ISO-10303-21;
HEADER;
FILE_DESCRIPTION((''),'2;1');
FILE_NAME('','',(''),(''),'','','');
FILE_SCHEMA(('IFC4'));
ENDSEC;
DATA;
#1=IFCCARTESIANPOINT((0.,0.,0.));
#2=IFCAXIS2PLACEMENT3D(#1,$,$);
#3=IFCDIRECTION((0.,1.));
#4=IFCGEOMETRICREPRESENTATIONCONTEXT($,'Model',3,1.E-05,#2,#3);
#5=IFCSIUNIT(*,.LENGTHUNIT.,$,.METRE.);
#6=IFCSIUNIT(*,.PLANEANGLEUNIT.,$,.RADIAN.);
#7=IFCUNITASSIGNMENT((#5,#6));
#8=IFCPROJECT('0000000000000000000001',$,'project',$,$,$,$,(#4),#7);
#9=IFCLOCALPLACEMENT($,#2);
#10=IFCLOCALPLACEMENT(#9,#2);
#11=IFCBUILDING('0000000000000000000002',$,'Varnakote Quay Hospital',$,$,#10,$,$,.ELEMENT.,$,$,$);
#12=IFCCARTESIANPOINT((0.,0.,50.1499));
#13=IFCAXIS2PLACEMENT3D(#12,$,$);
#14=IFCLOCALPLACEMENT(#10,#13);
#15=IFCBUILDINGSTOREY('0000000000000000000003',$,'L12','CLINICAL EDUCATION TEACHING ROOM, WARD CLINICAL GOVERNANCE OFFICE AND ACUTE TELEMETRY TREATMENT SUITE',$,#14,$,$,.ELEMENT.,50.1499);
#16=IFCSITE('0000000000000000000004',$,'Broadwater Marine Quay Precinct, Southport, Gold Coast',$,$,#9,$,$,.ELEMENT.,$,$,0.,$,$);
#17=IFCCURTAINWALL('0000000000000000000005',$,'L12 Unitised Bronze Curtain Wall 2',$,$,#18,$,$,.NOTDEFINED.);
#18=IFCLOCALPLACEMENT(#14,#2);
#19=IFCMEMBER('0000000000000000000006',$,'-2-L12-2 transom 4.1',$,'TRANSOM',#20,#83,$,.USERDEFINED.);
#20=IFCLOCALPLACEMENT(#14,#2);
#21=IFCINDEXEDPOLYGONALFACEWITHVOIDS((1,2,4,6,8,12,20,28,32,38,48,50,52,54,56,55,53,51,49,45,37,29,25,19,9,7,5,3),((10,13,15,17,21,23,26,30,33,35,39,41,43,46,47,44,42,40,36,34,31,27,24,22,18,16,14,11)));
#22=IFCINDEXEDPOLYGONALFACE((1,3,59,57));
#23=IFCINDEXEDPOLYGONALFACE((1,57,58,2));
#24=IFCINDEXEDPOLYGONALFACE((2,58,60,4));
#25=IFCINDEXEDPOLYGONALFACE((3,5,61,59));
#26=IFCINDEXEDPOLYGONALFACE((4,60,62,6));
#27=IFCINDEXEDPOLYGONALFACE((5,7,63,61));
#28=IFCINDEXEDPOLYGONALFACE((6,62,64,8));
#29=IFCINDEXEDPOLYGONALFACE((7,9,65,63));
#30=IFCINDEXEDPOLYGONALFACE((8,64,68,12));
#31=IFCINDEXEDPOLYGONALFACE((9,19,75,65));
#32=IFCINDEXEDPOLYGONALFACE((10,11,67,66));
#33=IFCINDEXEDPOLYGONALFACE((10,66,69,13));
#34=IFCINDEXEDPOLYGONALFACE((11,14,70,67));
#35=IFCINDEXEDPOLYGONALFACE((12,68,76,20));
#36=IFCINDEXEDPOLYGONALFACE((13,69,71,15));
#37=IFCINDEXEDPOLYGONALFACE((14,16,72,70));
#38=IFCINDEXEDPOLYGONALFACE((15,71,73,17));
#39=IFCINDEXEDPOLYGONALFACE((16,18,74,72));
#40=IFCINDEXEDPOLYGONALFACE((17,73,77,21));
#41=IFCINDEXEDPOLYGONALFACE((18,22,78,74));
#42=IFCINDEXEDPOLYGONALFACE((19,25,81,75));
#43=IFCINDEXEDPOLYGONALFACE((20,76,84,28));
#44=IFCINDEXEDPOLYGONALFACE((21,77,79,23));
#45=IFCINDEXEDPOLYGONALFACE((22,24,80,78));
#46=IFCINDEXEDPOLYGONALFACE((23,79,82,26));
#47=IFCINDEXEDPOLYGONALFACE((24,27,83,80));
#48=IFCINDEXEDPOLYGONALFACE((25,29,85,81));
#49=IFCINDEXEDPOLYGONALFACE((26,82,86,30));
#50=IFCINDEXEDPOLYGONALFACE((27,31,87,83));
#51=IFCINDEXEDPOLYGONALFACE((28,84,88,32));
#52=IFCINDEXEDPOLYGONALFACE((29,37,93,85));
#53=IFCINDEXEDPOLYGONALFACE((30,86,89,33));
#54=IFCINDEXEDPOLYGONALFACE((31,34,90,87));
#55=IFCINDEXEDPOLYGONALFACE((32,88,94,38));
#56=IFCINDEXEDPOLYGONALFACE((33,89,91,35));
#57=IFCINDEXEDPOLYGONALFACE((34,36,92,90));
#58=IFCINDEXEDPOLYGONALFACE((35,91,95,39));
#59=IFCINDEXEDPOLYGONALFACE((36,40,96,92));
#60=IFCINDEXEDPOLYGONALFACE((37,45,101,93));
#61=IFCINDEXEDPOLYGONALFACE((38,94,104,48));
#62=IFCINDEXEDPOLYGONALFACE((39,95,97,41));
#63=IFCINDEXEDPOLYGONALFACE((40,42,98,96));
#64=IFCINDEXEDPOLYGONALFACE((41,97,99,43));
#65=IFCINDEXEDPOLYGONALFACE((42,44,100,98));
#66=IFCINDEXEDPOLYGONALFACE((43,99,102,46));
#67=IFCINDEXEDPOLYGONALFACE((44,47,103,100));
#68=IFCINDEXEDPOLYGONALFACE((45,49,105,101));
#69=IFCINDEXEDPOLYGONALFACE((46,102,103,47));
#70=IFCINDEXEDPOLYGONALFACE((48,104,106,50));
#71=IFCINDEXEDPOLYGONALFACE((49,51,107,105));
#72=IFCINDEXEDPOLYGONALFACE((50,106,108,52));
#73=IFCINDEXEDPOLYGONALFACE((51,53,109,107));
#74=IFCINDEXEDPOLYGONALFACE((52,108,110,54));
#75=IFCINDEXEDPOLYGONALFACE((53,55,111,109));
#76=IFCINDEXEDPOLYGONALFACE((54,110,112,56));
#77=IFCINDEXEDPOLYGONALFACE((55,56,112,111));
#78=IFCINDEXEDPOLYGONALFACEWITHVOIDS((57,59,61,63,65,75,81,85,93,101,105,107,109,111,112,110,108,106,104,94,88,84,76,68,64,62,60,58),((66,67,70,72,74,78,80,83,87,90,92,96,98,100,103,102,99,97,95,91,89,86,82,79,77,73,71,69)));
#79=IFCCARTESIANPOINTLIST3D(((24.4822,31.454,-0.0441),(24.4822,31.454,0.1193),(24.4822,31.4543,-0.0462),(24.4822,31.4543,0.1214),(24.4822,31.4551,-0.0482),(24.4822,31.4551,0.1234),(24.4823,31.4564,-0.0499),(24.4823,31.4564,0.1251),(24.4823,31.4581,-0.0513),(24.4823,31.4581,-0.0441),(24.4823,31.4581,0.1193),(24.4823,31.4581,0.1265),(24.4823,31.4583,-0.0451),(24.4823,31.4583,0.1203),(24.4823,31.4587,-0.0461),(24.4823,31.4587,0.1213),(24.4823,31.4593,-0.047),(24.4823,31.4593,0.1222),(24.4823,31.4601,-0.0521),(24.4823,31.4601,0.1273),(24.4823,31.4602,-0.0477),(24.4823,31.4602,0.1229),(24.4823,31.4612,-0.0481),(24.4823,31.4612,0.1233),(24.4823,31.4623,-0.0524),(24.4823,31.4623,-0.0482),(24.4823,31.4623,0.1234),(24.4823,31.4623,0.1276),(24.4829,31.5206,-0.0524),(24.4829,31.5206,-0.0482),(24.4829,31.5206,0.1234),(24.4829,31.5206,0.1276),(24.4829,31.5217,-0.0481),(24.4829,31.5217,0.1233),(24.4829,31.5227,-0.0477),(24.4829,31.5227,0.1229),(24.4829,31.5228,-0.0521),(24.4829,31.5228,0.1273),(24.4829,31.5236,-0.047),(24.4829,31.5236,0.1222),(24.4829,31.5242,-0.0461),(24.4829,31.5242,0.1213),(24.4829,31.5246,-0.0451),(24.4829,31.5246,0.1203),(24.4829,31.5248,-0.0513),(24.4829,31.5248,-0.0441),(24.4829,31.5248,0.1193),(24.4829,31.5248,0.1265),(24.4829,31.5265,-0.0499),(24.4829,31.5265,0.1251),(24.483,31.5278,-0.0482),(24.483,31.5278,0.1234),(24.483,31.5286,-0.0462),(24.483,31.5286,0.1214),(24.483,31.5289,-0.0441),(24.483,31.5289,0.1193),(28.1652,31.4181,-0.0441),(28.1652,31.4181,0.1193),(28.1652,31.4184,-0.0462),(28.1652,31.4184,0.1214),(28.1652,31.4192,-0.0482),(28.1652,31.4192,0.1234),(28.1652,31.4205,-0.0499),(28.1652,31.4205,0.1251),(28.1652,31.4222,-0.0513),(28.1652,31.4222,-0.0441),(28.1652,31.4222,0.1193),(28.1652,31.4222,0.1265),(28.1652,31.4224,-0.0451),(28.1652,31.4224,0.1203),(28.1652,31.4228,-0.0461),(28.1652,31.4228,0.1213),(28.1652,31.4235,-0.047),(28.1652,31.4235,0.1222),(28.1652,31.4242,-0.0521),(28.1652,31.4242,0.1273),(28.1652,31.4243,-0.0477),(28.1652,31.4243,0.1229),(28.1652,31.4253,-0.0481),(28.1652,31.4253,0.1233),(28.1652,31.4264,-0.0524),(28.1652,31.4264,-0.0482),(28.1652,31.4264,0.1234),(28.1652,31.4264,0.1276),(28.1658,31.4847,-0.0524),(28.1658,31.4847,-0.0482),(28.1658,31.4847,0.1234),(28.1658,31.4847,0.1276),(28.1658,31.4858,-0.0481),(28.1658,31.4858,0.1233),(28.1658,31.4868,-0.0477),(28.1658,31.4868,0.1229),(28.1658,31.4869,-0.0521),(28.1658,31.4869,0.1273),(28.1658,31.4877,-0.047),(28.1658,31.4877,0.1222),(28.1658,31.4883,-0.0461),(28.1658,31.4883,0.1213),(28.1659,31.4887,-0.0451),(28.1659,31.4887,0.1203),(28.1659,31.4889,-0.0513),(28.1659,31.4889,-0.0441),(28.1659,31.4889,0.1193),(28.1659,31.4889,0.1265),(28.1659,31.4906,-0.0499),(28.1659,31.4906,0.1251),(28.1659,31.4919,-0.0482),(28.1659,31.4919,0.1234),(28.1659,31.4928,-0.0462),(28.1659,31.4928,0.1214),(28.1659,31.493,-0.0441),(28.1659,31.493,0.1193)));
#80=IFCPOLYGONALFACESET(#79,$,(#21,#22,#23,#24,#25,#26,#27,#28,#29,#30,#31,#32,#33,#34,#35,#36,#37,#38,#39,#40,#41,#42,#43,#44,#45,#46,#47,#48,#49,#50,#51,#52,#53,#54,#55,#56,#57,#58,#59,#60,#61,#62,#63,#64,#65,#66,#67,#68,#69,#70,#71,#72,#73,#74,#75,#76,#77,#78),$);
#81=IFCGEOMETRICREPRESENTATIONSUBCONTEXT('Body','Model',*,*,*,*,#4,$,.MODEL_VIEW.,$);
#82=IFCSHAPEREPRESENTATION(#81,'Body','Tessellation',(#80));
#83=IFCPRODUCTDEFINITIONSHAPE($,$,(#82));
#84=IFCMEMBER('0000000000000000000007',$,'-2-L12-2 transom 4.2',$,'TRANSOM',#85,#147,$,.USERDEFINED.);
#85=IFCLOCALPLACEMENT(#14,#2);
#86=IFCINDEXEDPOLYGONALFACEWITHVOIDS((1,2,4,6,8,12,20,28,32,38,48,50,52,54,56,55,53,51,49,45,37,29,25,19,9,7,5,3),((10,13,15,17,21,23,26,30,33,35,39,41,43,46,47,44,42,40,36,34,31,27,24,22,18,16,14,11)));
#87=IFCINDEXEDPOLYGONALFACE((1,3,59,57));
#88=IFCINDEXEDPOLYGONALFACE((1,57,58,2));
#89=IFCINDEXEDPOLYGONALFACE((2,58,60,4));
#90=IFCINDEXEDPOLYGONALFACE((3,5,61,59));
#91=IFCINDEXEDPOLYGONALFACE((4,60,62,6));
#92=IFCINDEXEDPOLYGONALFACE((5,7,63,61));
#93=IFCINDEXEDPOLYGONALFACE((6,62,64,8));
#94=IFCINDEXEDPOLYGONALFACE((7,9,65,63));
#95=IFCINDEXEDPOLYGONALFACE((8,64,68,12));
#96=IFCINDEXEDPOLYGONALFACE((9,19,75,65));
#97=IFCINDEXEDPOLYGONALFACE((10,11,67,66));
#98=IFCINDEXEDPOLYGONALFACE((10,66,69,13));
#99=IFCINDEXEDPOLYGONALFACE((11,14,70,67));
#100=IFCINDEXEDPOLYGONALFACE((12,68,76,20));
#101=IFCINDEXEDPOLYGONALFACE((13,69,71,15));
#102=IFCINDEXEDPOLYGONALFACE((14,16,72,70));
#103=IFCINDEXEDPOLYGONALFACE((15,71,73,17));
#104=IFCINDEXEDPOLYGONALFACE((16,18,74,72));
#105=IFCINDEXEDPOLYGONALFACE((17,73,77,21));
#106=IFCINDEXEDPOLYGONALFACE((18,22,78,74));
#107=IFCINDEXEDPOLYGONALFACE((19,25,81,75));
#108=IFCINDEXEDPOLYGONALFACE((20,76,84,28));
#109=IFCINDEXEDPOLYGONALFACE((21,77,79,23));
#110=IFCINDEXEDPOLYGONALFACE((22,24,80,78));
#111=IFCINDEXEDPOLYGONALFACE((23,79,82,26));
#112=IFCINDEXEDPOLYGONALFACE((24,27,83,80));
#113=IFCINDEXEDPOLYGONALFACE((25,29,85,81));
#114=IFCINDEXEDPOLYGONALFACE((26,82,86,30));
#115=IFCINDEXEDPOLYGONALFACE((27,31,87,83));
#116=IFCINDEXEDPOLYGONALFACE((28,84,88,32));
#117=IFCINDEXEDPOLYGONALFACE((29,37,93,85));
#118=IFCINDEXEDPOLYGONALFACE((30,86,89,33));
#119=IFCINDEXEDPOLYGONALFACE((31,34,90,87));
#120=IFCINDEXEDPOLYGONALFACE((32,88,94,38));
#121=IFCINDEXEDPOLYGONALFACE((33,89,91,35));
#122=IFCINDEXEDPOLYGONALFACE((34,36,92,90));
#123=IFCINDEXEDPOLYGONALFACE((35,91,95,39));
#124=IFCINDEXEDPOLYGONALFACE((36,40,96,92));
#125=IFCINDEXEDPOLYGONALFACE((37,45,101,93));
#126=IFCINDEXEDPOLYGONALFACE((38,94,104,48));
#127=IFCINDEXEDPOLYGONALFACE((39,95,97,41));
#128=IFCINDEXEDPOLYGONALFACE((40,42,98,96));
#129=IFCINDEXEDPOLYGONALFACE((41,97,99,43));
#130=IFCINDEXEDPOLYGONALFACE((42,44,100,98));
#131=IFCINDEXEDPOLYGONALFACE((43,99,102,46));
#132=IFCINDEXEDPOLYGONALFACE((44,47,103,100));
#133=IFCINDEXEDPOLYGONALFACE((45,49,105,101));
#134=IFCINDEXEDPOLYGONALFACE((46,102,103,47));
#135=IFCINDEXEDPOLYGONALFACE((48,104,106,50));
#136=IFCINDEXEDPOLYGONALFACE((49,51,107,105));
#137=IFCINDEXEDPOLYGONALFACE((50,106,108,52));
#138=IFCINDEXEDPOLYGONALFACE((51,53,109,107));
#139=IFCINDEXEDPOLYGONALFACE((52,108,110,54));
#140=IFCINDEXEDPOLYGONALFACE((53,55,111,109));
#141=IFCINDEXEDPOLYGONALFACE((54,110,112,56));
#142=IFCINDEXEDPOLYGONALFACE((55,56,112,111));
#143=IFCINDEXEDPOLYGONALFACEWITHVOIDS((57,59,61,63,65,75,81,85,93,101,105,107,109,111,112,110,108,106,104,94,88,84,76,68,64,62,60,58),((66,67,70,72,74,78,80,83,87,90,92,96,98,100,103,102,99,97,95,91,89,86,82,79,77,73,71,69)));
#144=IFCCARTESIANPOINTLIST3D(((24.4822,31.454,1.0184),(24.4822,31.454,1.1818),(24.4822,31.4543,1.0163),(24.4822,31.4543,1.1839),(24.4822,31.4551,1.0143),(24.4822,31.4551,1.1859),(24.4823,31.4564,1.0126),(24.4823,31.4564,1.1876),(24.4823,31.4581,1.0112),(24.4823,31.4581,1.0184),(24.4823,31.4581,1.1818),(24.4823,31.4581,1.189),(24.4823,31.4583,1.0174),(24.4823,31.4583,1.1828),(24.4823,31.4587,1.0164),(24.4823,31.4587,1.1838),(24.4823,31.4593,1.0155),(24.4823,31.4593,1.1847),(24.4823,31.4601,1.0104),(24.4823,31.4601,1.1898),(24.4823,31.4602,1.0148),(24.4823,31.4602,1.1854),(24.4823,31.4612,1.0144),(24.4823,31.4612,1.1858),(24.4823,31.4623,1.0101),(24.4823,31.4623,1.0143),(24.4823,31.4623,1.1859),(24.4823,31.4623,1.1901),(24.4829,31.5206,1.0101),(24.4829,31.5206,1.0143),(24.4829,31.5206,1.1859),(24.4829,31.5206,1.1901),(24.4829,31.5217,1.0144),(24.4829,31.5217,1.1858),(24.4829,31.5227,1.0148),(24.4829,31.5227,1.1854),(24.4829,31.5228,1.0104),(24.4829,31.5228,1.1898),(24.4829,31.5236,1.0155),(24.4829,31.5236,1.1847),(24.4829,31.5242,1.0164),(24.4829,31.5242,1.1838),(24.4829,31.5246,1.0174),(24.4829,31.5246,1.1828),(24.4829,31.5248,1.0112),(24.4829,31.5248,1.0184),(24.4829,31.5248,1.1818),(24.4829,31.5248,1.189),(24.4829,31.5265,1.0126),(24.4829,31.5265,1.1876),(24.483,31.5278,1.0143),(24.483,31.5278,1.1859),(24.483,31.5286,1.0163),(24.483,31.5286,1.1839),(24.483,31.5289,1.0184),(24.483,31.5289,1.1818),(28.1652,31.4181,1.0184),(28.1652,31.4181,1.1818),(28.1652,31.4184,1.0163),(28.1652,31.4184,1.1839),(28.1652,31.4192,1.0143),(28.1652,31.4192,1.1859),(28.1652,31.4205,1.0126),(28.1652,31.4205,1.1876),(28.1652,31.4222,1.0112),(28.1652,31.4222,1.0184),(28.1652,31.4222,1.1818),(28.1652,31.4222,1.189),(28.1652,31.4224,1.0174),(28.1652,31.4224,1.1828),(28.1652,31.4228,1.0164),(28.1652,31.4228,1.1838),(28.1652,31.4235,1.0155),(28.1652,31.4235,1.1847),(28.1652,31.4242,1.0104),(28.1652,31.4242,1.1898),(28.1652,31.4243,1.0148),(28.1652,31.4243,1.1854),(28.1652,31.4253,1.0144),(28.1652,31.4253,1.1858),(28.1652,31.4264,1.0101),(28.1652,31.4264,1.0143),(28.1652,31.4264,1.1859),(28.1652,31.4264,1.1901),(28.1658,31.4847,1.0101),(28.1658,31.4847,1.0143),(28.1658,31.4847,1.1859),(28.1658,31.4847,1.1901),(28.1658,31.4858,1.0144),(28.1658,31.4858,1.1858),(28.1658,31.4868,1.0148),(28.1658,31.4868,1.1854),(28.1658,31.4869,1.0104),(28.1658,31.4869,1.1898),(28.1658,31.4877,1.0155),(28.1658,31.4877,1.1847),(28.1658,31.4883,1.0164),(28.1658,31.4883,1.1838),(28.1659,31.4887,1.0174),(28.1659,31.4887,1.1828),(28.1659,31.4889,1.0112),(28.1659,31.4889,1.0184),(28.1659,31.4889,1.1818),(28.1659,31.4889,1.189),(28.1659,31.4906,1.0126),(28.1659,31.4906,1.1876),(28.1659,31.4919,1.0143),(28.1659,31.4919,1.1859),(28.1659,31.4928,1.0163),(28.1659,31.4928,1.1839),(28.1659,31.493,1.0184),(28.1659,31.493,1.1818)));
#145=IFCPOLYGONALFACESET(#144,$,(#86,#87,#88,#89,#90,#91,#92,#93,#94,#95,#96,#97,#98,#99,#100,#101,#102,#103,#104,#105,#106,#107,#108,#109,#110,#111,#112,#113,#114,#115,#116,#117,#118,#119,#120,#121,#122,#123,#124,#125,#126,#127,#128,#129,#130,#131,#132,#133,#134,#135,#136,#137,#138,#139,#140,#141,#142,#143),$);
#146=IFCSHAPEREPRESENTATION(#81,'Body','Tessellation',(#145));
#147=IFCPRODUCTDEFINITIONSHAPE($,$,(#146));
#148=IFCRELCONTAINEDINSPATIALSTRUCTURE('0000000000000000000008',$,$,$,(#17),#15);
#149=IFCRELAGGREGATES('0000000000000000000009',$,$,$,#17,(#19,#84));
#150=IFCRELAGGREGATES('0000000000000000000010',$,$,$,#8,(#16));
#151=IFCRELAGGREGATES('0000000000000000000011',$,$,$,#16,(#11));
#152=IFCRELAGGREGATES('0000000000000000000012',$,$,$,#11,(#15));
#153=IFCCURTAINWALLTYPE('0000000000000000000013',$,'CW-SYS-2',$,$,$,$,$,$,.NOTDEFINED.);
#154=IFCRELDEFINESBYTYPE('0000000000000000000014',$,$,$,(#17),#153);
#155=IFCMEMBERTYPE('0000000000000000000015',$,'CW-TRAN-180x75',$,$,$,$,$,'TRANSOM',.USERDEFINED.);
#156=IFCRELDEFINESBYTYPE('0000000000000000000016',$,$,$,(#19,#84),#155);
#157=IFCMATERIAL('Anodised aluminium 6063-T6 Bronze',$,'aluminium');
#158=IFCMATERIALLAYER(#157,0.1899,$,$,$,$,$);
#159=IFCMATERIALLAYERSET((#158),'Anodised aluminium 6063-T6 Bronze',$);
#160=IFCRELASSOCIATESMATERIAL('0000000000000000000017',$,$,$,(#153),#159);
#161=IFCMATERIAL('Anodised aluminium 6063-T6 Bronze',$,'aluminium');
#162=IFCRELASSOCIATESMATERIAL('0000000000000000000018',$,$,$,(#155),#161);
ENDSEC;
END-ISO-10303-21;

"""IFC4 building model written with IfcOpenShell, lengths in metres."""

from ifc_helpers import new_model, si_unit, direction, frame, origin, origin_2d, place, context, subcontext, project, spatial, hollow_rectangle, extrude, material, layer, layer_set, material_profile, profile_set, type_object, element, aggregate, save


model = new_model("IFC4")

# Units and contexts
model_context = context("Model", 3, precision=1e-05, world=origin(), true_north=direction((0.0, 1.0)))
body_context = subcontext(model_context, "Body", "Model", "MODEL_VIEW")
ifc_project = project(units=[si_unit("LENGTHUNIT", "METRE"), si_unit("PLANEANGLEUNIT", "RADIAN")], contexts=[model_context])

# Site, building, storey
site_placement = place(None, origin())
site = spatial("IfcSite", under=ifc_project, at=site_placement, Name="Broadwater Marine Quay Precinct, Southport, Gold Coast", CompositionType="ELEMENT", RefElevation=0.0)
building_placement = place(site_placement, origin())
building = spatial("IfcBuilding", under=site, at=building_placement, Name="Varnakote Quay Hospital", CompositionType="ELEMENT")
storey_placement = place(building_placement, frame((0.0, 0.0, 50.1499)))
storey = spatial("IfcBuildingStorey", under=building, at=storey_placement, Name="L12", Description="CLINICAL EDUCATION TEACHING ROOM, WARD CLINICAL GOVERNANCE OFFICE AND ACUTE TELEMETRY TREATMENT SUITE", CompositionType="ELEMENT", Elevation=50.1499)

# Curtain wall, members
ifc_material_1 = material(Name="Anodised aluminium 6063-T6 Bronze", Category="aluminium")
ifc_layer_1 = layer(ifc_material_1, 0.1899)
ifc_layer_set_1 = layer_set([ifc_layer_1], Name="Anodised aluminium 6063-T6 Bronze")
curtain_wall_type = type_object("IfcCurtainWallType", Name="CW-SYS-2", PredefinedType="NOTDEFINED", material=ifc_layer_set_1)
curtain_wall_placement = place(storey_placement, origin())
curtain_wall = element("IfcCurtainWall", 1, at=curtain_wall_placement, inside=storey, type_object=curtain_wall_type, Name="L12 Unitised Bronze Curtain Wall 2", PredefinedType="NOTDEFINED")
ifc_material_2 = material(Name="Anodised aluminium 6063-T6 Bronze", Category="aluminium")
ifc_material_profile_1 = material_profile(ifc_material_2, hollow_rectangle(XDim=0.075, YDim=0.1799, WallThickness=0.0042, InnerFilletRadius=0.0042, OuterFilletRadius=0.0083, at=origin_2d()), Name="CW-TRAN-180x75")
ifc_profile_set_1 = profile_set([ifc_material_profile_1], Name="Anodised aluminium 6063-T6 Bronze")
member_type_1 = type_object("IfcMemberType", Name="CW-TRAN-180x75", ElementType="TRANSOM", PredefinedType="USERDEFINED", material=ifc_profile_set_1)
member_1_placement = place(storey_placement, frame((28.1655, 31.4556, 0.0376), z_axis=(-0.999953, 0.009744, 0.0), x_axis=(-0.009744, -0.999953, 0.0)))
member_1 = element("IfcMember", 2, at=member_1_placement, type_object=member_type_1, Name="-2-L12-2 transom 4.1", ObjectType="TRANSOM", PredefinedType="USERDEFINED", context=body_context, shape_type="SweptSolid", body=[
    extrude(hollow_rectangle(XDim=0.075, YDim=0.1799, WallThickness=0.0042, InnerFilletRadius=0.0042, OuterFilletRadius=0.0083, at=origin_2d()), origin(), (0.0, 0.0, 1.0), 3.6831),
])
member_2_placement = place(storey_placement, frame((28.1655, 31.4556, 1.1001), z_axis=(-0.999953, 0.009744, 0.0), x_axis=(-0.009744, -0.999953, 0.0)))
member_2 = element("IfcMember", 3, at=member_2_placement, type_object=member_type_1, Name="-2-L12-2 transom 4.2", ObjectType="TRANSOM", PredefinedType="USERDEFINED", context=body_context, shape_type="SweptSolid", body=[
    extrude(hollow_rectangle(XDim=0.075, YDim=0.1799, WallThickness=0.0042, InnerFilletRadius=0.0042, OuterFilletRadius=0.0083, at=origin_2d()), origin(), (0.0, 0.0, 1.0), 3.6831),
])

aggregate(curtain_wall, [member_1, member_2])

save(model, "model.ifc")
